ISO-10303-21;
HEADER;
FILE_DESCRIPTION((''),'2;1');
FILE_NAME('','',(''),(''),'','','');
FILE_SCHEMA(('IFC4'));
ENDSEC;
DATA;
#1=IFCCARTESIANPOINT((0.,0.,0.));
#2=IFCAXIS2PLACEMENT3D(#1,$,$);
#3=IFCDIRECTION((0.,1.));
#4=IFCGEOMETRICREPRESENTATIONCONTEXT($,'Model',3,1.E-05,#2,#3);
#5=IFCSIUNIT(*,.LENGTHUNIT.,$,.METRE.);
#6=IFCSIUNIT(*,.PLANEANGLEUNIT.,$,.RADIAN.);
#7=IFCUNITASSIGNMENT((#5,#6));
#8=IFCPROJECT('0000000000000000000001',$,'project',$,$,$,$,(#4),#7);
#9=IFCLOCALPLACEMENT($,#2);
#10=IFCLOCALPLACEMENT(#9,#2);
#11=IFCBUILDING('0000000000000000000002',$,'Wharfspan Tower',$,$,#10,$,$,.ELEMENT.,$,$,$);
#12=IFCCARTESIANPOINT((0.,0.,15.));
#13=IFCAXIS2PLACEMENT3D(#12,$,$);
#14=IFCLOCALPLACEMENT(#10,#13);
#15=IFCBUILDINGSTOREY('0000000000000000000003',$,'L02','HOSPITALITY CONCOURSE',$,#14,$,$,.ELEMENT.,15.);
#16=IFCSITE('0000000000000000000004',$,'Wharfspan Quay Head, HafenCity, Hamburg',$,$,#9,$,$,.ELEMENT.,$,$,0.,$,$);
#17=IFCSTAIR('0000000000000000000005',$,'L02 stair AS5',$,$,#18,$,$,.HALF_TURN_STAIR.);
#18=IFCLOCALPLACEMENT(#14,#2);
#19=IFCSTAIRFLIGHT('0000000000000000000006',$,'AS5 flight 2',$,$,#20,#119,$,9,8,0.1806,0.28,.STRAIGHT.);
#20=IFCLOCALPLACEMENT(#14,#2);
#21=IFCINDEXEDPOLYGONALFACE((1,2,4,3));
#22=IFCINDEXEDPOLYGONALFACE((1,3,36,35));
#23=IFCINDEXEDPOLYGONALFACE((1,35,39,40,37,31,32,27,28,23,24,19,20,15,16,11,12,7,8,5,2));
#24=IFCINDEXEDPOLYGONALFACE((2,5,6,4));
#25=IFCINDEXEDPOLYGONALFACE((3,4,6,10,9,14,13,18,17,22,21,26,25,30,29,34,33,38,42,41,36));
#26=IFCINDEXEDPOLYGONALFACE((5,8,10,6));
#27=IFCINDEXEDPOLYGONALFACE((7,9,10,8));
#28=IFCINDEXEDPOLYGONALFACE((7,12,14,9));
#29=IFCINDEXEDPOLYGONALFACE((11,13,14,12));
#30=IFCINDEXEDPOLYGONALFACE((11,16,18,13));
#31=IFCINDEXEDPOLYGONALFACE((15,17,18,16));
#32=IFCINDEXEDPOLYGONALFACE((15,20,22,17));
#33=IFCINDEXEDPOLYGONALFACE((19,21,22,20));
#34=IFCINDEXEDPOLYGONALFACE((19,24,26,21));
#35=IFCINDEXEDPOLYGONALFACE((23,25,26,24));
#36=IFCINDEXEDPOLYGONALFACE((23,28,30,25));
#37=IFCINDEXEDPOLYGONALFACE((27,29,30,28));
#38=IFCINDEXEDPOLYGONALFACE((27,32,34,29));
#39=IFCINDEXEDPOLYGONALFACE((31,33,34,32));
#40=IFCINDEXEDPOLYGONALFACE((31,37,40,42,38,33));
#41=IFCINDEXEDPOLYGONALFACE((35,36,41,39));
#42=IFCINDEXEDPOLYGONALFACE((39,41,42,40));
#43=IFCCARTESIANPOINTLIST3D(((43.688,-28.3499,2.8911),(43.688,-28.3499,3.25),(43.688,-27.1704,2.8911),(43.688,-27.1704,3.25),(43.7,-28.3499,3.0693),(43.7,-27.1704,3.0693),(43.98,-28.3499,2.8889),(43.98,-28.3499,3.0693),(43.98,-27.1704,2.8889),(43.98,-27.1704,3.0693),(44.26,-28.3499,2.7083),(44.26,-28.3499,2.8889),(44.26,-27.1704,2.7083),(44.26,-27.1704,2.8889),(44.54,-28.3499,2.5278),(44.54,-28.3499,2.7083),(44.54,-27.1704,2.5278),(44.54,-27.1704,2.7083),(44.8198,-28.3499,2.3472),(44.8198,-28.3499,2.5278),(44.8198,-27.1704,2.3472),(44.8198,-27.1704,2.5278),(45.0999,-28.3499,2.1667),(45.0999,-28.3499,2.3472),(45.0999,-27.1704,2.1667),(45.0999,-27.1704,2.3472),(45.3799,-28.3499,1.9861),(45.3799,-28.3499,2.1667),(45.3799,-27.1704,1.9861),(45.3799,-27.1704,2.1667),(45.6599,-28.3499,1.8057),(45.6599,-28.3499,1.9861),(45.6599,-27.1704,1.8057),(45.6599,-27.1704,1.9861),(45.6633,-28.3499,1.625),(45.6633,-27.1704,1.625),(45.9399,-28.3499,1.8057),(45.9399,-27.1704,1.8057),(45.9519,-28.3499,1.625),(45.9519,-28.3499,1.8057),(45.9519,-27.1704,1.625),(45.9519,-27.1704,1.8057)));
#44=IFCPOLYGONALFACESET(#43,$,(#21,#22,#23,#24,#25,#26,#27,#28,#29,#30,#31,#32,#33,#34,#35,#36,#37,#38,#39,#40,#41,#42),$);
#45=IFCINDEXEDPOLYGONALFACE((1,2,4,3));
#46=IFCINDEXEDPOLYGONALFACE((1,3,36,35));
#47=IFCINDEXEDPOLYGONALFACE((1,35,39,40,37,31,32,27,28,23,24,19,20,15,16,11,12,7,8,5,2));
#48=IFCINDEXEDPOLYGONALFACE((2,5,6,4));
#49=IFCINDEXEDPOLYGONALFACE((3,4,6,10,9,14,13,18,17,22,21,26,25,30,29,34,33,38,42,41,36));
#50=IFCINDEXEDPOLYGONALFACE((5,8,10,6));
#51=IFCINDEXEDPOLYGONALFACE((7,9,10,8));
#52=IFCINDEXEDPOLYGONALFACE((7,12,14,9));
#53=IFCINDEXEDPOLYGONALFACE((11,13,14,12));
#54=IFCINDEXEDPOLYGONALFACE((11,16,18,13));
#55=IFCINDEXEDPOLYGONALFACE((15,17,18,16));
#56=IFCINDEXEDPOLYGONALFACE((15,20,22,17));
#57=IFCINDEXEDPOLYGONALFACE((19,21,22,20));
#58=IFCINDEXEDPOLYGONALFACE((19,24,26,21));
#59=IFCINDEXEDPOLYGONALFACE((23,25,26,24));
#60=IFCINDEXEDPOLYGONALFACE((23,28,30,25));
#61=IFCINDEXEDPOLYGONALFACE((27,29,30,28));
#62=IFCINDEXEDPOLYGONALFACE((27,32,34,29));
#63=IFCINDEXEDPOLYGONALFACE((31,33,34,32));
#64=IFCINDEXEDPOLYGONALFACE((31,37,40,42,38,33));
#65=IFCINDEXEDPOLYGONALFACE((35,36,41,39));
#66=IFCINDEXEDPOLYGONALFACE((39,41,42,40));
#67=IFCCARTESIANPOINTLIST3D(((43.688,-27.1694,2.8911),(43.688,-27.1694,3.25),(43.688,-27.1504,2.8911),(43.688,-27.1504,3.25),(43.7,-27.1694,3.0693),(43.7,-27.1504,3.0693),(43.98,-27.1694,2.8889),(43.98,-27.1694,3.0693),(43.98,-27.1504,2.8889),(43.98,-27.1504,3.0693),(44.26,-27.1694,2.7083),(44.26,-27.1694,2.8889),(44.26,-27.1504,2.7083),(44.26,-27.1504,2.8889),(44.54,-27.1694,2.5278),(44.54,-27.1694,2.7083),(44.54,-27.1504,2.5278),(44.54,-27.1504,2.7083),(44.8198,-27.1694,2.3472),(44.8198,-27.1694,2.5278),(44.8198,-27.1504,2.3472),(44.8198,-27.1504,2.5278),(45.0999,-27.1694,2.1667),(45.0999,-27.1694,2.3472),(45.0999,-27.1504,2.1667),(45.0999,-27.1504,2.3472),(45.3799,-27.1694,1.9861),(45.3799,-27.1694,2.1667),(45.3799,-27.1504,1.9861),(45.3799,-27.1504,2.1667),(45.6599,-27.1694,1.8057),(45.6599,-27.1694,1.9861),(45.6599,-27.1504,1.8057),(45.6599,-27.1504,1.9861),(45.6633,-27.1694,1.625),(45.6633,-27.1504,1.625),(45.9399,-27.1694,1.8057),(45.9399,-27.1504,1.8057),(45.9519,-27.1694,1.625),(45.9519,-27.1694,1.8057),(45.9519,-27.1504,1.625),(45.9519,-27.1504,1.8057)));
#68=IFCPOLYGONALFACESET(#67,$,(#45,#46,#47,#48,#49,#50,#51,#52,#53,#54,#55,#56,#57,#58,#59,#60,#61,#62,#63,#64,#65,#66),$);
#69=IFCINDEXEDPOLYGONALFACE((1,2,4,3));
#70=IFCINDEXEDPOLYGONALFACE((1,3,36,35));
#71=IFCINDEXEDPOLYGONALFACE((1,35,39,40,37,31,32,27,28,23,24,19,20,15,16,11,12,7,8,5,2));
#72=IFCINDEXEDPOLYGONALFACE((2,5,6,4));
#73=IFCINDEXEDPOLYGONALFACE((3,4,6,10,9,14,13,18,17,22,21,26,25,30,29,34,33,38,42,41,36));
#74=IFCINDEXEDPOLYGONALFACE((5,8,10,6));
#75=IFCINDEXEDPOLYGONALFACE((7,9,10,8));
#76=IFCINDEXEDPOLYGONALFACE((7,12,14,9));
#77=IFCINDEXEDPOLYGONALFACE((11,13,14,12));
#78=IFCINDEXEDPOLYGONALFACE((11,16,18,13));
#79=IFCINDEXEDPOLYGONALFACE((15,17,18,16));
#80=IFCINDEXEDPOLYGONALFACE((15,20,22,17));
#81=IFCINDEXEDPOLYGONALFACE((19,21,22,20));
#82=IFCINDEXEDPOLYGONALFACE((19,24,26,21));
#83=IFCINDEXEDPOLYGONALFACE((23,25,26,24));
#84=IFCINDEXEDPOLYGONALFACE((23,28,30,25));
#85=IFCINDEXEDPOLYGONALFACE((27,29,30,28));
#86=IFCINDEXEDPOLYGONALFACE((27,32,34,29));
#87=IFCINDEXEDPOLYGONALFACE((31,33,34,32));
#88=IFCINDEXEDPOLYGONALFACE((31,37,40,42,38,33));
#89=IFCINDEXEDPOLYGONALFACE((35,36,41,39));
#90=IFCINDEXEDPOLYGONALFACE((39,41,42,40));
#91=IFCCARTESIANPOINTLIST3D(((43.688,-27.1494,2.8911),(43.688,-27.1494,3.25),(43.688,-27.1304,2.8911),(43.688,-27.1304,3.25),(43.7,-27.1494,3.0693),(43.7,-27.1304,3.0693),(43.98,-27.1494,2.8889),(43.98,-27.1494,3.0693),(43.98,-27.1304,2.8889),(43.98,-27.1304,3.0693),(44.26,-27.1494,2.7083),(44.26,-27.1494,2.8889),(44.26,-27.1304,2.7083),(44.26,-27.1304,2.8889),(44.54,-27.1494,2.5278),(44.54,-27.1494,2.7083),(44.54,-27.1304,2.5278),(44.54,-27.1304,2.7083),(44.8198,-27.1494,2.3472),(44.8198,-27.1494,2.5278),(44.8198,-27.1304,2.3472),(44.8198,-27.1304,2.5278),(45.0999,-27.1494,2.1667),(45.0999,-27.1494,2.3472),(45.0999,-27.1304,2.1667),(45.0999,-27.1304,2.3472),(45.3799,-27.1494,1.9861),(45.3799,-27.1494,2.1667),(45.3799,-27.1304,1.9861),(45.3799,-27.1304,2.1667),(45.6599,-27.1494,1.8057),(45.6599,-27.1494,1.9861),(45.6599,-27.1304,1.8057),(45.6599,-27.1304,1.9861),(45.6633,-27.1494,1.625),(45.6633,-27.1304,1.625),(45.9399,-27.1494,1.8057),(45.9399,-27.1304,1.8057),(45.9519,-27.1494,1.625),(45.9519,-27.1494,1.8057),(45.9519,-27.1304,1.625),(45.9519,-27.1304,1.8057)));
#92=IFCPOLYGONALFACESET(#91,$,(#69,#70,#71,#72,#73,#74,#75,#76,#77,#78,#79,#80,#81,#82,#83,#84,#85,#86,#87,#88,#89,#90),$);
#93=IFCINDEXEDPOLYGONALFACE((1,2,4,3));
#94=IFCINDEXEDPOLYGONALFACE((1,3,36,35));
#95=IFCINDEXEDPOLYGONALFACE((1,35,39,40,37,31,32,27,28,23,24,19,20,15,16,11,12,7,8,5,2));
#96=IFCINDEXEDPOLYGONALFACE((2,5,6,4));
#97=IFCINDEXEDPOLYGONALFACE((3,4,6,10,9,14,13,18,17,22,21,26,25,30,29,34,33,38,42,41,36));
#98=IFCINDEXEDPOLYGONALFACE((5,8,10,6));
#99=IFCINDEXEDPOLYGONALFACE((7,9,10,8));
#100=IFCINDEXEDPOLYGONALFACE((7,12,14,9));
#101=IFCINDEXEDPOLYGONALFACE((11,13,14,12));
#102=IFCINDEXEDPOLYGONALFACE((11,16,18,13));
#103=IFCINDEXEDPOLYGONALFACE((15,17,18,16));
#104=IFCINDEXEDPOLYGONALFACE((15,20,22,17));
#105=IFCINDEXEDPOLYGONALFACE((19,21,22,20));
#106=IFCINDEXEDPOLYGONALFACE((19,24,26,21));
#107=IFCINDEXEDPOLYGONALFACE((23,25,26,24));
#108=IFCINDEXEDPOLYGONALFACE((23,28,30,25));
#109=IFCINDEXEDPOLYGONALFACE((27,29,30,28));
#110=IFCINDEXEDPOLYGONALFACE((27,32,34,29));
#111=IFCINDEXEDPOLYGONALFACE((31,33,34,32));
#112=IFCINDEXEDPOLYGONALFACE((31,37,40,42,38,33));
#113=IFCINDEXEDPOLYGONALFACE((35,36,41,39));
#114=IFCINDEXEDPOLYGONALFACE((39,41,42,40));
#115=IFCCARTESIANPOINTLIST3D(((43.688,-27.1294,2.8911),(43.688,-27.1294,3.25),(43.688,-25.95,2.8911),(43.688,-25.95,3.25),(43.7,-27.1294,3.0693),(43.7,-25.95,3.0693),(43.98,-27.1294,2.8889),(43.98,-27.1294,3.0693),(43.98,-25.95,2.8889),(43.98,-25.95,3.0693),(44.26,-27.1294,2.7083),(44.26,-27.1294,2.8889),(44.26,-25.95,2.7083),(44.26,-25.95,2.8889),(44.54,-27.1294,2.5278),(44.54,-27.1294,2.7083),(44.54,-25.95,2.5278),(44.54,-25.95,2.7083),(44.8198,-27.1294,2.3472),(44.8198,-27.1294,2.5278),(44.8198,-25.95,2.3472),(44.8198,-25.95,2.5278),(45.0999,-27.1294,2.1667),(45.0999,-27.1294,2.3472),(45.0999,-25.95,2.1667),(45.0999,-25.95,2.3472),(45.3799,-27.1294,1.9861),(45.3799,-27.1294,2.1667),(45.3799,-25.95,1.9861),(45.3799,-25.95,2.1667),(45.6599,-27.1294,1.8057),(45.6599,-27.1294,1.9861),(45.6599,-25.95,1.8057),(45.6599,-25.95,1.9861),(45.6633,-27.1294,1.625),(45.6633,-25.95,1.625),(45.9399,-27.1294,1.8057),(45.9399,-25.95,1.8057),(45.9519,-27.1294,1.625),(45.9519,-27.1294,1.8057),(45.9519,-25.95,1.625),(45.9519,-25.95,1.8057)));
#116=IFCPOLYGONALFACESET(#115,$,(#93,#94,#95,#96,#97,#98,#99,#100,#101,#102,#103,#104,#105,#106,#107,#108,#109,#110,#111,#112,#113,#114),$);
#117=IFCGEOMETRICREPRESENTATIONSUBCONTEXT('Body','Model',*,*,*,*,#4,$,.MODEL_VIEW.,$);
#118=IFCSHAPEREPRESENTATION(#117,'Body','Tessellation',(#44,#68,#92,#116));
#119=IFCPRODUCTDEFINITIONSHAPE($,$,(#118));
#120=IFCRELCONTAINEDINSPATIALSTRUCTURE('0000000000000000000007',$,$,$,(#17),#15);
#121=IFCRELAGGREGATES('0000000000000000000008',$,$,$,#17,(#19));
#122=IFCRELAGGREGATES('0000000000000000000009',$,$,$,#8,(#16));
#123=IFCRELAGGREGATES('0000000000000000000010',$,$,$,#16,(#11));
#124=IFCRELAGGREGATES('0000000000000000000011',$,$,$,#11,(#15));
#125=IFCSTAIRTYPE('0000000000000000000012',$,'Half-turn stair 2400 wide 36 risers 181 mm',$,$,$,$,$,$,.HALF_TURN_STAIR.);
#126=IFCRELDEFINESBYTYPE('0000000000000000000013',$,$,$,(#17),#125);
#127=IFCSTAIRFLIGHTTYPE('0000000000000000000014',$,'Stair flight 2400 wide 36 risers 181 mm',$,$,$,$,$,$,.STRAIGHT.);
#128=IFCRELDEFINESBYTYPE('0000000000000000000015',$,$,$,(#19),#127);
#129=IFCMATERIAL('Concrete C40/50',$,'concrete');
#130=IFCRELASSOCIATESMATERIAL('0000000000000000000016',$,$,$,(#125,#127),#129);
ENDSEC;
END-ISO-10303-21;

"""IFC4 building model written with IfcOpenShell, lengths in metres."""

from ifc_helpers import new_model, si_unit, direction, frame, origin, place, context, subcontext, project, spatial, polyline, outline, extrude, material, type_object, element, aggregate, save


model = new_model("IFC4")

# Units and contexts
model_context = context("Model", 3, precision=1e-05, world=origin(), true_north=direction((0.0, 1.0)))
body_context = subcontext(model_context, "Body", "Model", "MODEL_VIEW")
ifc_project = project(units=[si_unit("LENGTHUNIT", "METRE"), si_unit("PLANEANGLEUNIT", "RADIAN")], contexts=[model_context])

# Site, building, storey
site_placement = place(None, origin())
site = spatial("IfcSite", under=ifc_project, at=site_placement, Name="Wharfspan Quay Head, HafenCity, Hamburg", CompositionType="ELEMENT", RefElevation=0.0)
building_placement = place(site_placement, origin())
building = spatial("IfcBuilding", under=site, at=building_placement, Name="Wharfspan Tower", CompositionType="ELEMENT")
storey_placement = place(building_placement, frame((0.0, 0.0, 15.0)))
storey = spatial("IfcBuildingStorey", under=building, at=storey_placement, Name="L02", Description="HOSPITALITY CONCOURSE", CompositionType="ELEMENT", Elevation=15.0)

# Shared definitions
ifc_material_1 = material(Name="Concrete C40/50", Category="concrete")

# Stair, stair flight
stair_type = type_object("IfcStairType", Name="Half-turn stair 2400 wide 36 risers 181 mm", PredefinedType="HALF_TURN_STAIR", material=ifc_material_1)
stair_placement = place(storey_placement, origin())
stair = element("IfcStair", 1, at=stair_placement, inside=storey, type_object=stair_type, Name="L02 stair AS5", PredefinedType="HALF_TURN_STAIR")
stair_flight_type = type_object("IfcStairFlightType", Name="Stair flight 2400 wide 36 risers 181 mm", PredefinedType="STRAIGHT", material=ifc_material_1)
stair_flight_1_placement = place(storey_placement, frame((45.9399, -27.1499, 1.625), z_axis=(0.0, 0.0, 1.0), x_axis=(-1.0, 0.0, 0.0)))
stair_flight_1 = element("IfcStairFlight", 2, at=stair_flight_1_placement, type_object=stair_flight_type, Name="AS5 flight 2", NumberOfRisers=9, NumberOfTreads=8, PredefinedType="STRAIGHT", RiserHeight=0.1806, TreadLength=0.28, context=body_context, shape_type="SweptSolid", body=[
    extrude(outline(polyline([(-0.012, 0.0), (-0.012, 0.1807), (0.0, 0.1807), (0.28, 0.1807), (0.28, 0.3611), (0.5601, 0.3611), (0.5601, 0.5417), (0.8401, 0.5417), (0.8401, 0.7222), (1.1201, 0.7222), (1.1201, 0.9028), (1.3999, 0.9028), (1.3999, 1.0833), (1.6799, 1.0833), (1.6799, 1.2639), (1.96, 1.2639), (1.96, 1.4443), (2.24, 1.4443), (2.252, 1.625), (2.252, 1.2661), (0.2766, 0.0), (-0.012, 0.0)])), frame((0.0, 1.2, 0.0), z_axis=(0.0, -1.0, 0.0), x_axis=(1.0, 0.0, 0.0)), (0.0, 0.0, 1.0), 1.1794),
    extrude(outline(polyline([(-0.012, 0.0), (-0.012, 0.1807), (0.0, 0.1807), (0.28, 0.1807), (0.28, 0.3611), (0.5601, 0.3611), (0.5601, 0.5417), (0.8401, 0.5417), (0.8401, 0.7222), (1.1201, 0.7222), (1.1201, 0.9028), (1.3999, 0.9028), (1.3999, 1.0833), (1.6799, 1.0833), (1.6799, 1.2639), (1.96, 1.2639), (1.96, 1.4443), (2.24, 1.4443), (2.252, 1.625), (2.252, 1.2661), (0.2766, 0.0), (-0.012, 0.0)])), frame((0.0, 0.0195, 0.0), z_axis=(0.0, -1.0, 0.0), x_axis=(1.0, 0.0, 0.0)), (0.0, 0.0, 1.0), 0.019),
    extrude(outline(polyline([(-0.012, 0.0), (-0.012, 0.1807), (0.0, 0.1807), (0.28, 0.1807), (0.28, 0.3611), (0.5601, 0.3611), (0.5601, 0.5417), (0.8401, 0.5417), (0.8401, 0.7222), (1.1201, 0.7222), (1.1201, 0.9028), (1.3999, 0.9028), (1.3999, 1.0833), (1.6799, 1.0833), (1.6799, 1.2639), (1.96, 1.2639), (1.96, 1.4443), (2.24, 1.4443), (2.252, 1.625), (2.252, 1.2661), (0.2766, 0.0), (-0.012, 0.0)])), frame((0.0, -0.0005, 0.0), z_axis=(0.0, -1.0, 0.0), x_axis=(1.0, 0.0, 0.0)), (0.0, 0.0, 1.0), 0.019),
    extrude(outline(polyline([(-0.012, 0.0), (-0.012, 0.1807), (0.0, 0.1807), (0.28, 0.1807), (0.28, 0.3611), (0.5601, 0.3611), (0.5601, 0.5417), (0.8401, 0.5417), (0.8401, 0.7222), (1.1201, 0.7222), (1.1201, 0.9028), (1.3999, 0.9028), (1.3999, 1.0833), (1.6799, 1.0833), (1.6799, 1.2639), (1.96, 1.2639), (1.96, 1.4443), (2.24, 1.4443), (2.252, 1.625), (2.252, 1.2661), (0.2766, 0.0), (-0.012, 0.0)])), frame((0.0, -0.0205, 0.0), z_axis=(0.0, -1.0, 0.0), x_axis=(1.0, 0.0, 0.0)), (0.0, 0.0, 1.0), 1.1794),
])
aggregate(stair, [stair_flight_1])

save(model, "model.ifc")
